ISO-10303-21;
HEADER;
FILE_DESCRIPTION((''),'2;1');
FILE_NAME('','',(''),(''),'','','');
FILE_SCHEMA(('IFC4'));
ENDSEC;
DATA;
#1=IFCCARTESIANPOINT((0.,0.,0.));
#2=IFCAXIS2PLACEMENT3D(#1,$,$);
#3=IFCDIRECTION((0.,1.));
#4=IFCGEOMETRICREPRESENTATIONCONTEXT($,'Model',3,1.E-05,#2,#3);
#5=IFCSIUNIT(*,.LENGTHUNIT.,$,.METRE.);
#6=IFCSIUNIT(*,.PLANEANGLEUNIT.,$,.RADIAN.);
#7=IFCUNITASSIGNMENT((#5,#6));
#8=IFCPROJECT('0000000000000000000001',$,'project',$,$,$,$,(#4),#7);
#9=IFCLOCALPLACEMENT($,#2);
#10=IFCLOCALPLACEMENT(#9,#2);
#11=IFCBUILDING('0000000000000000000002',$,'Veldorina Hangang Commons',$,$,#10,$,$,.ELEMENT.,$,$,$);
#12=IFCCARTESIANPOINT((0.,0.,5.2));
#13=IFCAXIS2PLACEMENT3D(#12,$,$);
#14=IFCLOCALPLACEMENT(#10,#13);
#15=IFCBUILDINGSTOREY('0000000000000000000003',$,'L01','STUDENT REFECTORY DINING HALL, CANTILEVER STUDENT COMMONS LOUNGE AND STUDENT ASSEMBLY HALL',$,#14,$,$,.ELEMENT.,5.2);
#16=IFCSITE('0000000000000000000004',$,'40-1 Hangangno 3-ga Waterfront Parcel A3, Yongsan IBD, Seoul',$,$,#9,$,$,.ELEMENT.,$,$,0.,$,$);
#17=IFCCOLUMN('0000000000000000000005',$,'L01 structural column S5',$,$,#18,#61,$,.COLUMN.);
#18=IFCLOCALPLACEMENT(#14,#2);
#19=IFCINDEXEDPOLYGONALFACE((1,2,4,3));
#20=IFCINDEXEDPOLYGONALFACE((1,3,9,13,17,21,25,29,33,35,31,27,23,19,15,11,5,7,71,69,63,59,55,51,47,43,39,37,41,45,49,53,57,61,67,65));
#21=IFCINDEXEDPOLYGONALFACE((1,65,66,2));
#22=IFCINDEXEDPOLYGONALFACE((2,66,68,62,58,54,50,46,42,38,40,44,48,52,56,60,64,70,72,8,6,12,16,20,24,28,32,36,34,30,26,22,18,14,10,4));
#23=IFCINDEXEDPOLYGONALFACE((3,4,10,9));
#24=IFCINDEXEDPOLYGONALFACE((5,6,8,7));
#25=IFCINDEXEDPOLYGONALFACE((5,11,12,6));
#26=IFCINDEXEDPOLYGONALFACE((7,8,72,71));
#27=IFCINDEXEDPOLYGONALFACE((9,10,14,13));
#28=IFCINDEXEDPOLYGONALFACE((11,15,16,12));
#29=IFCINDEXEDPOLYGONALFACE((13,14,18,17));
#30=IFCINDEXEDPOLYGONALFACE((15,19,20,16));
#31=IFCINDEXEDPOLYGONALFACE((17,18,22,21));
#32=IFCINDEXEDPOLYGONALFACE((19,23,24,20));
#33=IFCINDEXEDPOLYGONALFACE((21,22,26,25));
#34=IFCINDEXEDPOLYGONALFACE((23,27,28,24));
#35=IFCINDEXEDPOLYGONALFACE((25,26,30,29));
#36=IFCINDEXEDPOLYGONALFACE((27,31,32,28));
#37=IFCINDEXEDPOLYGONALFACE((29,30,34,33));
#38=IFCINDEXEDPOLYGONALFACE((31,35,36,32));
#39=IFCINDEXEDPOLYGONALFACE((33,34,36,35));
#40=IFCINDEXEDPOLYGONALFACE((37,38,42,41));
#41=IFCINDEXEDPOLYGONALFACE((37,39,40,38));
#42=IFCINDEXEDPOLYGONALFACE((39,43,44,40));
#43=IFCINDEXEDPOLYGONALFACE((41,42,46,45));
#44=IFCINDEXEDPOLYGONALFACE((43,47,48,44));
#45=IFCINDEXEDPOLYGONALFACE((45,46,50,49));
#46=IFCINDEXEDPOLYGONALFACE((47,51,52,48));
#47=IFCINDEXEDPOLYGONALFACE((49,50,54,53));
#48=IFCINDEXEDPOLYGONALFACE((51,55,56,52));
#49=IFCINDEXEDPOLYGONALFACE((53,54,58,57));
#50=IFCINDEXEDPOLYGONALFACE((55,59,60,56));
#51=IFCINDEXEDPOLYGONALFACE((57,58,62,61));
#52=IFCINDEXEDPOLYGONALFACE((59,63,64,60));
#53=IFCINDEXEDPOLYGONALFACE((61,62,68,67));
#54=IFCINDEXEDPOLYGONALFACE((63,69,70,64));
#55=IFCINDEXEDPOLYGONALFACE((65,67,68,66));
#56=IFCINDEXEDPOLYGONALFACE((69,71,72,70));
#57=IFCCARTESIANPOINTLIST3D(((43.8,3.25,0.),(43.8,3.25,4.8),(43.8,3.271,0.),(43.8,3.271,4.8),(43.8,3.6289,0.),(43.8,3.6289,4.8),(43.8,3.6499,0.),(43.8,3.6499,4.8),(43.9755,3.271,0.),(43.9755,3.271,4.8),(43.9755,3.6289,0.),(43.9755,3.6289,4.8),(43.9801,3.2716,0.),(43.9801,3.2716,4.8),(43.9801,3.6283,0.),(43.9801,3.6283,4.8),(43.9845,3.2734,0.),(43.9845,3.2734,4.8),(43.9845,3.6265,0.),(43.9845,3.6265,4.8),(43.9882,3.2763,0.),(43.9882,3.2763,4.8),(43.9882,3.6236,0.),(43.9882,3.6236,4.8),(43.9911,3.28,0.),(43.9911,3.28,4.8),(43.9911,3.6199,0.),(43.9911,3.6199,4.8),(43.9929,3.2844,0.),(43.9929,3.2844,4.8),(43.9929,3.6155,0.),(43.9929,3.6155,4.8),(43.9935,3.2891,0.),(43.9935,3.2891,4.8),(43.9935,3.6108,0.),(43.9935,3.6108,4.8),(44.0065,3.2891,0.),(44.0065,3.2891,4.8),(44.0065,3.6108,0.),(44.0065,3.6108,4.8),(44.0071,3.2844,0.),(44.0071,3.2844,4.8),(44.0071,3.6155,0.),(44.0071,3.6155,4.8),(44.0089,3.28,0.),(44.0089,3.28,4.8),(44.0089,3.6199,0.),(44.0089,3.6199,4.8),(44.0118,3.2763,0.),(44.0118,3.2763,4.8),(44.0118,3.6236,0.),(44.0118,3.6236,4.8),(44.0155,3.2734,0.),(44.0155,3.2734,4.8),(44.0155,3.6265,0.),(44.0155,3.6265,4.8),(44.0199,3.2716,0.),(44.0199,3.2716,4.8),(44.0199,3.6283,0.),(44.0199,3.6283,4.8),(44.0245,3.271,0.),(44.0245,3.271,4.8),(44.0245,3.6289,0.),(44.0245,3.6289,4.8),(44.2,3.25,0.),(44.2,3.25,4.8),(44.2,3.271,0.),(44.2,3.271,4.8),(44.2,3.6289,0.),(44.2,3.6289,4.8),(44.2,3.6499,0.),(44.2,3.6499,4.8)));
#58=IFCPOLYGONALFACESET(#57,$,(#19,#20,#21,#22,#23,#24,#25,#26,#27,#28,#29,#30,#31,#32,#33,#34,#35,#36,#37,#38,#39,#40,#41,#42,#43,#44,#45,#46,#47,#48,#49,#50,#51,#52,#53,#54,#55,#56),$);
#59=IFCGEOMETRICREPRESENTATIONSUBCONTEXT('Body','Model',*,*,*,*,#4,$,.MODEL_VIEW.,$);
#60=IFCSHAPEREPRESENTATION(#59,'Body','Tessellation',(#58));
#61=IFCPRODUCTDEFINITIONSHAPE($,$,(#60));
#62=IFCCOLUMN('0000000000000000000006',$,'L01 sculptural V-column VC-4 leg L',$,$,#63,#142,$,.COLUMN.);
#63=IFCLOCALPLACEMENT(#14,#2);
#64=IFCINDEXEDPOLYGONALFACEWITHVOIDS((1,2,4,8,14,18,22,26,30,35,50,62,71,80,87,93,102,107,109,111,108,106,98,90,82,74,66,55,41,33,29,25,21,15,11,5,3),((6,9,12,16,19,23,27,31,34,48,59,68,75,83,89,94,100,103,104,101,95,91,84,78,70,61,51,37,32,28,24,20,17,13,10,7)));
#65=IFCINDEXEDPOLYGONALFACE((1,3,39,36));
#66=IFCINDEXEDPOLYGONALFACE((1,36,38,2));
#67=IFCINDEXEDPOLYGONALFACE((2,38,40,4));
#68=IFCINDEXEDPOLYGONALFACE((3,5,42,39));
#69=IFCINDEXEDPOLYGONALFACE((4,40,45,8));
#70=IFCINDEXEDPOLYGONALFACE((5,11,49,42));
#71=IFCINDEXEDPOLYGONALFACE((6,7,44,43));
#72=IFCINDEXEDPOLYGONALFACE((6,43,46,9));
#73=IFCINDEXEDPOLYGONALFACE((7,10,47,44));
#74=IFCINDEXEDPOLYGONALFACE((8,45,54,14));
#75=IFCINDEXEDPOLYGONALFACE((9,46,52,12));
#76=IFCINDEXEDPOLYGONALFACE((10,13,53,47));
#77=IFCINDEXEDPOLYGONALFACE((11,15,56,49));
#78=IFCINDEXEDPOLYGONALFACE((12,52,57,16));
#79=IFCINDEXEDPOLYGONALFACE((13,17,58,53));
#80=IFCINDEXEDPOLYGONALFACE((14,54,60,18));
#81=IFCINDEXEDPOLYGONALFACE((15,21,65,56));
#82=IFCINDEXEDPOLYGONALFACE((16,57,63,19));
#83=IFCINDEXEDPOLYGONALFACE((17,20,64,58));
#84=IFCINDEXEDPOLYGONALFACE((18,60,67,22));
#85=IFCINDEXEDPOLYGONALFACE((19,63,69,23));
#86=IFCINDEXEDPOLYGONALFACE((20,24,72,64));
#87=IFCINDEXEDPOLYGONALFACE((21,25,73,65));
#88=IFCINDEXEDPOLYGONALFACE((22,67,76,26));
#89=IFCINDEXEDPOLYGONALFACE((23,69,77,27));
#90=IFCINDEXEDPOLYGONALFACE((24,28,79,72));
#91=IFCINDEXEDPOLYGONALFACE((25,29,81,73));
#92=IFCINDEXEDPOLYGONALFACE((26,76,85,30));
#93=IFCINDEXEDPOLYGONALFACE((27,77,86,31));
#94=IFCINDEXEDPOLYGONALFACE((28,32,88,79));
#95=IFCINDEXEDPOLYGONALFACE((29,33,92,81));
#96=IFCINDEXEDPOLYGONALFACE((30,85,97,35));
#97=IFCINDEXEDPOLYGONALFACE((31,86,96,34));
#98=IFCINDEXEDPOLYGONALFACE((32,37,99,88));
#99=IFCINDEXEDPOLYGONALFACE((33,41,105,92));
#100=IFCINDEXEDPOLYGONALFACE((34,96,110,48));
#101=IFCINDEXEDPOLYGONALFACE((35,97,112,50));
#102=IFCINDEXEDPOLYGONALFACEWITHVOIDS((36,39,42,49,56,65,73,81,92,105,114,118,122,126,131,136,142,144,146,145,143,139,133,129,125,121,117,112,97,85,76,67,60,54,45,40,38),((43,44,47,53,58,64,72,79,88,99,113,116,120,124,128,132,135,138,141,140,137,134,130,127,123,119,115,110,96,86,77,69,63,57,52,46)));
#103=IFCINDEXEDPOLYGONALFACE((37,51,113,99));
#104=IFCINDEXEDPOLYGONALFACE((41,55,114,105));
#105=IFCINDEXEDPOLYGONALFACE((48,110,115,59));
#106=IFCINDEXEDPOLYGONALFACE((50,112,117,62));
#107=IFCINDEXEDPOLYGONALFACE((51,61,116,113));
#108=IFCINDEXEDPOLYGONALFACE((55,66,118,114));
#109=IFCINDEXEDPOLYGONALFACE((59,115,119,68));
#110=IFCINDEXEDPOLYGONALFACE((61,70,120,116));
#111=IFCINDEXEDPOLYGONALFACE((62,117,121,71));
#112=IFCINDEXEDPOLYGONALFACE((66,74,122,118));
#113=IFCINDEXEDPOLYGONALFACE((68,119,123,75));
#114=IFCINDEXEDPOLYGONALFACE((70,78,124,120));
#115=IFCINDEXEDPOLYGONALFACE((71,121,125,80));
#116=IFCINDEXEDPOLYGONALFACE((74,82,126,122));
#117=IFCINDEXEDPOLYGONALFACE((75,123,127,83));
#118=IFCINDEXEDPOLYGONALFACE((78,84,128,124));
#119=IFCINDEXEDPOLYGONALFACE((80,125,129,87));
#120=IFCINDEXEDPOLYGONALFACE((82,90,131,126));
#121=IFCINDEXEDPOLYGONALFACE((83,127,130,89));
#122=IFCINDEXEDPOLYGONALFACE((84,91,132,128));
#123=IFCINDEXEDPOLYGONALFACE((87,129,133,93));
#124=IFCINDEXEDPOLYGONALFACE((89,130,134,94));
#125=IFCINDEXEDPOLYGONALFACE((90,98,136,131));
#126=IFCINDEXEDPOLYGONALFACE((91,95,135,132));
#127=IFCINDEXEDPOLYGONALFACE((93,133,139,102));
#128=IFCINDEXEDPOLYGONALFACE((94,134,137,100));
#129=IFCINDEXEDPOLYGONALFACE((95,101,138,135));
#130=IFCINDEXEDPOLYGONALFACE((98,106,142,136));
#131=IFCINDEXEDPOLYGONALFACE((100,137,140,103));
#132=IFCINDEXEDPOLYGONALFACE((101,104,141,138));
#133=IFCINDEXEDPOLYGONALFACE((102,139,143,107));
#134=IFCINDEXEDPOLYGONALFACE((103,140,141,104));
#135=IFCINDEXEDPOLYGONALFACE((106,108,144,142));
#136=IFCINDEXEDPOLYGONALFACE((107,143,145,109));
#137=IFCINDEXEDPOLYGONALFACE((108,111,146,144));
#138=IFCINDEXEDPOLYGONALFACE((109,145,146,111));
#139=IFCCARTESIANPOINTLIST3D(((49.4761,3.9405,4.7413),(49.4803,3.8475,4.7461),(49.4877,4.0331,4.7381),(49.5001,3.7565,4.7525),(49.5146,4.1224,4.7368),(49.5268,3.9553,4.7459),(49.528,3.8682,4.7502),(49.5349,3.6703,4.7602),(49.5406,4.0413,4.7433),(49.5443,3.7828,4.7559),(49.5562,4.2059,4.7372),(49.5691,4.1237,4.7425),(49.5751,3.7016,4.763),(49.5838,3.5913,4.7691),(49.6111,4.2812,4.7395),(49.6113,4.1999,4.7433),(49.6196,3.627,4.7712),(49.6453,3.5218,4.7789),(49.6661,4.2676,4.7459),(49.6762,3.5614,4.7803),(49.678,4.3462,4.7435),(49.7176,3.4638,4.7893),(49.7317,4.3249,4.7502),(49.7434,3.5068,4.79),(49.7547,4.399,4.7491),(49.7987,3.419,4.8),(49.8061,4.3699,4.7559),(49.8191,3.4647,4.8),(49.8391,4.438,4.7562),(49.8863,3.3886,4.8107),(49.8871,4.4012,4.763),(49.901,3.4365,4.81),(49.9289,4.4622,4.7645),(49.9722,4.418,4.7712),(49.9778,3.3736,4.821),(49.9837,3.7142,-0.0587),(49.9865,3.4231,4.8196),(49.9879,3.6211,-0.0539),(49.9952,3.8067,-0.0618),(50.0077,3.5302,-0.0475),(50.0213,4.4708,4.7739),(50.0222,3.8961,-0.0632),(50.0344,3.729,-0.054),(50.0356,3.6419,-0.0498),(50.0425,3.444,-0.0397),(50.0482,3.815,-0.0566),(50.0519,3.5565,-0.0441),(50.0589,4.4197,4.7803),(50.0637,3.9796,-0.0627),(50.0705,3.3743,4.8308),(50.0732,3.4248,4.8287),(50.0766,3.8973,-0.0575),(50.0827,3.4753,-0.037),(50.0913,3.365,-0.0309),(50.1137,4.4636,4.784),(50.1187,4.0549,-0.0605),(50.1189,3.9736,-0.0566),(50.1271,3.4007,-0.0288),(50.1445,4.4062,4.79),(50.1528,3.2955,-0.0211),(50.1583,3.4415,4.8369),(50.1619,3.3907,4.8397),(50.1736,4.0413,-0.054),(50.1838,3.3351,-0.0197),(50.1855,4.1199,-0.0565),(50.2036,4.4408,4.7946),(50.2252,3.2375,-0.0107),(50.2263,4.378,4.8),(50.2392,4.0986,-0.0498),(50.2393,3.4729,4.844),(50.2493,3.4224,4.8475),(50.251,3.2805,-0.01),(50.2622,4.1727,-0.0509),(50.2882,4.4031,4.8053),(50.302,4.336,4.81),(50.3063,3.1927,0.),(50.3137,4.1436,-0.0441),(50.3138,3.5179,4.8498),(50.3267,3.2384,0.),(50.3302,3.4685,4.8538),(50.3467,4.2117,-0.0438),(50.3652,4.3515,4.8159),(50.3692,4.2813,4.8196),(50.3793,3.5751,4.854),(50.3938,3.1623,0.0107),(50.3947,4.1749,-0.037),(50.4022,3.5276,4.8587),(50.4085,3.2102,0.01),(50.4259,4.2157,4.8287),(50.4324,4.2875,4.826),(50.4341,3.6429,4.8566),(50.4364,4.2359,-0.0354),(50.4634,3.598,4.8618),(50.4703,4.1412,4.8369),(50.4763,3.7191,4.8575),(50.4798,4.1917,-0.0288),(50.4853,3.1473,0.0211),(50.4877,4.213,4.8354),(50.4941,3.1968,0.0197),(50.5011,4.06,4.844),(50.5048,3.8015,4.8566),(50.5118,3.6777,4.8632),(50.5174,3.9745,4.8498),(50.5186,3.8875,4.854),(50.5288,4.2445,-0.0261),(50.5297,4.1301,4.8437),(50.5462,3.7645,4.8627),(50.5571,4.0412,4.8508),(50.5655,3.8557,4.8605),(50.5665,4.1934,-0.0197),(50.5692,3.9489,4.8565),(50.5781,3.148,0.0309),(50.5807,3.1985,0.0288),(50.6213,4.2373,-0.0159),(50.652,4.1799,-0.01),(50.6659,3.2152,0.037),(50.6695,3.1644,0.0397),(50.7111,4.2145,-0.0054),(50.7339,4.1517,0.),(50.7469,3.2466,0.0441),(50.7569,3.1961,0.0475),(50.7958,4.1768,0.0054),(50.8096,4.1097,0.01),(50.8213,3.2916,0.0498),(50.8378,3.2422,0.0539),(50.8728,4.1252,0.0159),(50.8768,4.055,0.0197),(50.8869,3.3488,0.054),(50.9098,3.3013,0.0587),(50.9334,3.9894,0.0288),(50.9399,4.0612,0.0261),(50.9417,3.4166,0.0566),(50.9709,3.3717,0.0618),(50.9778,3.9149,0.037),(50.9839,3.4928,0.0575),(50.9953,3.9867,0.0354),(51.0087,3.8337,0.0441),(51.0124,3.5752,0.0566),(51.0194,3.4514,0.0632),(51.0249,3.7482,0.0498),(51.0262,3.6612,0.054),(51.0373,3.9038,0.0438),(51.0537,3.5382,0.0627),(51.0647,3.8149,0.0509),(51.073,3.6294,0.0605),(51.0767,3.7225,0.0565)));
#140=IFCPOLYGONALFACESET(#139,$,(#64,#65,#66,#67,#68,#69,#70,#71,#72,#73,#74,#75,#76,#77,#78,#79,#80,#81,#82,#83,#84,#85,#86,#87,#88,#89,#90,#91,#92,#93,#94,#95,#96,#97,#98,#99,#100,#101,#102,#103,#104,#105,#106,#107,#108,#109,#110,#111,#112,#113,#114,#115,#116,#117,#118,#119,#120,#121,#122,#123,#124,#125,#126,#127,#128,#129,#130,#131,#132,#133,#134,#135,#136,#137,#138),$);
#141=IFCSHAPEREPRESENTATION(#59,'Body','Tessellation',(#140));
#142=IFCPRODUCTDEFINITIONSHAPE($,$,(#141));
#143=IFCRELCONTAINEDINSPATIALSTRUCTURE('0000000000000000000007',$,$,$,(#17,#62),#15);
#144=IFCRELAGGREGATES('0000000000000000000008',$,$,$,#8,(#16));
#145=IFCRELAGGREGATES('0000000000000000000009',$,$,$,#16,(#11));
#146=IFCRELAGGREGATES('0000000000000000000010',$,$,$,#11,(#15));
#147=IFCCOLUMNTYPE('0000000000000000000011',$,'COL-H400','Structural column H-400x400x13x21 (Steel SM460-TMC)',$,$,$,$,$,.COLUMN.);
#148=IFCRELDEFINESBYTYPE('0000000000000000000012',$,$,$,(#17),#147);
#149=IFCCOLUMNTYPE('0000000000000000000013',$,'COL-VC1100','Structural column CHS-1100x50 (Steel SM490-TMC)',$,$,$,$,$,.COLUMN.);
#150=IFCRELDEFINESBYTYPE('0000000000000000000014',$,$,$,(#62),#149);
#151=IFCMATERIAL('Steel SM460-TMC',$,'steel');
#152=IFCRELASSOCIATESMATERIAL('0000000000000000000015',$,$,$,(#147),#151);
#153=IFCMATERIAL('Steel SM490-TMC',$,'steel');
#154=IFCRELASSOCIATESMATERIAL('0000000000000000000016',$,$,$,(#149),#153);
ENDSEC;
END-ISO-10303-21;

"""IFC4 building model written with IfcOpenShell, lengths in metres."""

from ifc_helpers import new_model, si_unit, direction, frame, origin, origin_2d, place, context, subcontext, project, spatial, hollow_circle, i_section, extrude, material, material_profile, profile_set, type_object, element, save


model = new_model("IFC4")

# Units and contexts
model_context = context("Model", 3, precision=1e-05, world=origin(), true_north=direction((0.0, 1.0)))
body_context = subcontext(model_context, "Body", "Model", "MODEL_VIEW")
ifc_project = project(units=[si_unit("LENGTHUNIT", "METRE"), si_unit("PLANEANGLEUNIT", "RADIAN")], contexts=[model_context])

# Site, building, storey
site_placement = place(None, origin())
site = spatial("IfcSite", under=ifc_project, at=site_placement, Name="40-1 Hangangno 3-ga Waterfront Parcel A3, Yongsan IBD, Seoul", CompositionType="ELEMENT", RefElevation=0.0)
building_placement = place(site_placement, origin())
building = spatial("IfcBuilding", under=site, at=building_placement, Name="Veldorina Hangang Commons", CompositionType="ELEMENT")
storey_placement = place(building_placement, frame((0.0, 0.0, 5.2)))
storey = spatial("IfcBuildingStorey", under=building, at=storey_placement, Name="L01", Description="STUDENT REFECTORY DINING HALL, CANTILEVER STUDENT COMMONS LOUNGE AND STUDENT ASSEMBLY HALL", CompositionType="ELEMENT", Elevation=5.2)

# Columns
ifc_material_1 = material(Name="Steel SM460-TMC", Category="steel")
ifc_material_profile_1 = material_profile(ifc_material_1, i_section(OverallWidth=0.3999, OverallDepth=0.3999, WebThickness=0.0129, FlangeThickness=0.021, FilletRadius=0.0181, at=origin_2d()), Name="H-400x400x13x21")
ifc_profile_set_1 = profile_set([ifc_material_profile_1], Name="Steel SM460-TMC")
column_type_1 = type_object("IfcColumnType", Name="COL-H400", Description="Structural column H-400x400x13x21 (Steel SM460-TMC)", PredefinedType="COLUMN", material=ifc_profile_set_1)
column_placement = place(storey_placement, frame((44.0, 3.45, 0.0), z_axis=(0.0, 0.0, 1.0), x_axis=(1.0, 0.0, 0.0)))
element("IfcColumn", 1, at=column_placement, inside=storey, type_object=column_type_1, Name="L01 structural column S5", PredefinedType="COLUMN", context=body_context, shape_type="SweptSolid", body=[
    extrude(i_section(OverallWidth=0.3999, OverallDepth=0.3999, WebThickness=0.0129, FlangeThickness=0.021, FilletRadius=0.0181, at=origin_2d()), origin(), (0.0, 0.0, 1.0), 4.8),
])
ifc_material_2 = material(Name="Steel SM490-TMC", Category="steel")
ifc_material_profile_2 = material_profile(ifc_material_2, hollow_circle(Radius=0.55, WallThickness=0.05, at=origin_2d()), Name="CHS-1100x50")
ifc_profile_set_2 = profile_set([ifc_material_profile_2], Name="Steel SM490-TMC")
column_type_2 = type_object("IfcColumnType", Name="COL-VC1100", Description="Structural column CHS-1100x50 (Steel SM490-TMC)", PredefinedType="COLUMN", material=ifc_profile_set_2)
for number, where, z_axis, x_axis, name in (
    (2, (50.5303, 3.6951, 0.0), (-0.105041, 0.046836, 0.993364), (-0.407239, -0.913322, 0.0), "L01 sculptural V-column VC-4 leg L"),
):
    element("IfcColumn", number, at=place(storey_placement, frame(where, z_axis=z_axis, x_axis=x_axis)), inside=storey, type_object=column_type_2, Name=name, PredefinedType="COLUMN", context=body_context, shape_type="SweptSolid", body=[
        extrude(hollow_circle(Radius=0.55, WallThickness=0.05, at=origin_2d()), origin(), (0.0, 0.0, 1.0), 4.832),
    ])

save(model, "model.ifc")
